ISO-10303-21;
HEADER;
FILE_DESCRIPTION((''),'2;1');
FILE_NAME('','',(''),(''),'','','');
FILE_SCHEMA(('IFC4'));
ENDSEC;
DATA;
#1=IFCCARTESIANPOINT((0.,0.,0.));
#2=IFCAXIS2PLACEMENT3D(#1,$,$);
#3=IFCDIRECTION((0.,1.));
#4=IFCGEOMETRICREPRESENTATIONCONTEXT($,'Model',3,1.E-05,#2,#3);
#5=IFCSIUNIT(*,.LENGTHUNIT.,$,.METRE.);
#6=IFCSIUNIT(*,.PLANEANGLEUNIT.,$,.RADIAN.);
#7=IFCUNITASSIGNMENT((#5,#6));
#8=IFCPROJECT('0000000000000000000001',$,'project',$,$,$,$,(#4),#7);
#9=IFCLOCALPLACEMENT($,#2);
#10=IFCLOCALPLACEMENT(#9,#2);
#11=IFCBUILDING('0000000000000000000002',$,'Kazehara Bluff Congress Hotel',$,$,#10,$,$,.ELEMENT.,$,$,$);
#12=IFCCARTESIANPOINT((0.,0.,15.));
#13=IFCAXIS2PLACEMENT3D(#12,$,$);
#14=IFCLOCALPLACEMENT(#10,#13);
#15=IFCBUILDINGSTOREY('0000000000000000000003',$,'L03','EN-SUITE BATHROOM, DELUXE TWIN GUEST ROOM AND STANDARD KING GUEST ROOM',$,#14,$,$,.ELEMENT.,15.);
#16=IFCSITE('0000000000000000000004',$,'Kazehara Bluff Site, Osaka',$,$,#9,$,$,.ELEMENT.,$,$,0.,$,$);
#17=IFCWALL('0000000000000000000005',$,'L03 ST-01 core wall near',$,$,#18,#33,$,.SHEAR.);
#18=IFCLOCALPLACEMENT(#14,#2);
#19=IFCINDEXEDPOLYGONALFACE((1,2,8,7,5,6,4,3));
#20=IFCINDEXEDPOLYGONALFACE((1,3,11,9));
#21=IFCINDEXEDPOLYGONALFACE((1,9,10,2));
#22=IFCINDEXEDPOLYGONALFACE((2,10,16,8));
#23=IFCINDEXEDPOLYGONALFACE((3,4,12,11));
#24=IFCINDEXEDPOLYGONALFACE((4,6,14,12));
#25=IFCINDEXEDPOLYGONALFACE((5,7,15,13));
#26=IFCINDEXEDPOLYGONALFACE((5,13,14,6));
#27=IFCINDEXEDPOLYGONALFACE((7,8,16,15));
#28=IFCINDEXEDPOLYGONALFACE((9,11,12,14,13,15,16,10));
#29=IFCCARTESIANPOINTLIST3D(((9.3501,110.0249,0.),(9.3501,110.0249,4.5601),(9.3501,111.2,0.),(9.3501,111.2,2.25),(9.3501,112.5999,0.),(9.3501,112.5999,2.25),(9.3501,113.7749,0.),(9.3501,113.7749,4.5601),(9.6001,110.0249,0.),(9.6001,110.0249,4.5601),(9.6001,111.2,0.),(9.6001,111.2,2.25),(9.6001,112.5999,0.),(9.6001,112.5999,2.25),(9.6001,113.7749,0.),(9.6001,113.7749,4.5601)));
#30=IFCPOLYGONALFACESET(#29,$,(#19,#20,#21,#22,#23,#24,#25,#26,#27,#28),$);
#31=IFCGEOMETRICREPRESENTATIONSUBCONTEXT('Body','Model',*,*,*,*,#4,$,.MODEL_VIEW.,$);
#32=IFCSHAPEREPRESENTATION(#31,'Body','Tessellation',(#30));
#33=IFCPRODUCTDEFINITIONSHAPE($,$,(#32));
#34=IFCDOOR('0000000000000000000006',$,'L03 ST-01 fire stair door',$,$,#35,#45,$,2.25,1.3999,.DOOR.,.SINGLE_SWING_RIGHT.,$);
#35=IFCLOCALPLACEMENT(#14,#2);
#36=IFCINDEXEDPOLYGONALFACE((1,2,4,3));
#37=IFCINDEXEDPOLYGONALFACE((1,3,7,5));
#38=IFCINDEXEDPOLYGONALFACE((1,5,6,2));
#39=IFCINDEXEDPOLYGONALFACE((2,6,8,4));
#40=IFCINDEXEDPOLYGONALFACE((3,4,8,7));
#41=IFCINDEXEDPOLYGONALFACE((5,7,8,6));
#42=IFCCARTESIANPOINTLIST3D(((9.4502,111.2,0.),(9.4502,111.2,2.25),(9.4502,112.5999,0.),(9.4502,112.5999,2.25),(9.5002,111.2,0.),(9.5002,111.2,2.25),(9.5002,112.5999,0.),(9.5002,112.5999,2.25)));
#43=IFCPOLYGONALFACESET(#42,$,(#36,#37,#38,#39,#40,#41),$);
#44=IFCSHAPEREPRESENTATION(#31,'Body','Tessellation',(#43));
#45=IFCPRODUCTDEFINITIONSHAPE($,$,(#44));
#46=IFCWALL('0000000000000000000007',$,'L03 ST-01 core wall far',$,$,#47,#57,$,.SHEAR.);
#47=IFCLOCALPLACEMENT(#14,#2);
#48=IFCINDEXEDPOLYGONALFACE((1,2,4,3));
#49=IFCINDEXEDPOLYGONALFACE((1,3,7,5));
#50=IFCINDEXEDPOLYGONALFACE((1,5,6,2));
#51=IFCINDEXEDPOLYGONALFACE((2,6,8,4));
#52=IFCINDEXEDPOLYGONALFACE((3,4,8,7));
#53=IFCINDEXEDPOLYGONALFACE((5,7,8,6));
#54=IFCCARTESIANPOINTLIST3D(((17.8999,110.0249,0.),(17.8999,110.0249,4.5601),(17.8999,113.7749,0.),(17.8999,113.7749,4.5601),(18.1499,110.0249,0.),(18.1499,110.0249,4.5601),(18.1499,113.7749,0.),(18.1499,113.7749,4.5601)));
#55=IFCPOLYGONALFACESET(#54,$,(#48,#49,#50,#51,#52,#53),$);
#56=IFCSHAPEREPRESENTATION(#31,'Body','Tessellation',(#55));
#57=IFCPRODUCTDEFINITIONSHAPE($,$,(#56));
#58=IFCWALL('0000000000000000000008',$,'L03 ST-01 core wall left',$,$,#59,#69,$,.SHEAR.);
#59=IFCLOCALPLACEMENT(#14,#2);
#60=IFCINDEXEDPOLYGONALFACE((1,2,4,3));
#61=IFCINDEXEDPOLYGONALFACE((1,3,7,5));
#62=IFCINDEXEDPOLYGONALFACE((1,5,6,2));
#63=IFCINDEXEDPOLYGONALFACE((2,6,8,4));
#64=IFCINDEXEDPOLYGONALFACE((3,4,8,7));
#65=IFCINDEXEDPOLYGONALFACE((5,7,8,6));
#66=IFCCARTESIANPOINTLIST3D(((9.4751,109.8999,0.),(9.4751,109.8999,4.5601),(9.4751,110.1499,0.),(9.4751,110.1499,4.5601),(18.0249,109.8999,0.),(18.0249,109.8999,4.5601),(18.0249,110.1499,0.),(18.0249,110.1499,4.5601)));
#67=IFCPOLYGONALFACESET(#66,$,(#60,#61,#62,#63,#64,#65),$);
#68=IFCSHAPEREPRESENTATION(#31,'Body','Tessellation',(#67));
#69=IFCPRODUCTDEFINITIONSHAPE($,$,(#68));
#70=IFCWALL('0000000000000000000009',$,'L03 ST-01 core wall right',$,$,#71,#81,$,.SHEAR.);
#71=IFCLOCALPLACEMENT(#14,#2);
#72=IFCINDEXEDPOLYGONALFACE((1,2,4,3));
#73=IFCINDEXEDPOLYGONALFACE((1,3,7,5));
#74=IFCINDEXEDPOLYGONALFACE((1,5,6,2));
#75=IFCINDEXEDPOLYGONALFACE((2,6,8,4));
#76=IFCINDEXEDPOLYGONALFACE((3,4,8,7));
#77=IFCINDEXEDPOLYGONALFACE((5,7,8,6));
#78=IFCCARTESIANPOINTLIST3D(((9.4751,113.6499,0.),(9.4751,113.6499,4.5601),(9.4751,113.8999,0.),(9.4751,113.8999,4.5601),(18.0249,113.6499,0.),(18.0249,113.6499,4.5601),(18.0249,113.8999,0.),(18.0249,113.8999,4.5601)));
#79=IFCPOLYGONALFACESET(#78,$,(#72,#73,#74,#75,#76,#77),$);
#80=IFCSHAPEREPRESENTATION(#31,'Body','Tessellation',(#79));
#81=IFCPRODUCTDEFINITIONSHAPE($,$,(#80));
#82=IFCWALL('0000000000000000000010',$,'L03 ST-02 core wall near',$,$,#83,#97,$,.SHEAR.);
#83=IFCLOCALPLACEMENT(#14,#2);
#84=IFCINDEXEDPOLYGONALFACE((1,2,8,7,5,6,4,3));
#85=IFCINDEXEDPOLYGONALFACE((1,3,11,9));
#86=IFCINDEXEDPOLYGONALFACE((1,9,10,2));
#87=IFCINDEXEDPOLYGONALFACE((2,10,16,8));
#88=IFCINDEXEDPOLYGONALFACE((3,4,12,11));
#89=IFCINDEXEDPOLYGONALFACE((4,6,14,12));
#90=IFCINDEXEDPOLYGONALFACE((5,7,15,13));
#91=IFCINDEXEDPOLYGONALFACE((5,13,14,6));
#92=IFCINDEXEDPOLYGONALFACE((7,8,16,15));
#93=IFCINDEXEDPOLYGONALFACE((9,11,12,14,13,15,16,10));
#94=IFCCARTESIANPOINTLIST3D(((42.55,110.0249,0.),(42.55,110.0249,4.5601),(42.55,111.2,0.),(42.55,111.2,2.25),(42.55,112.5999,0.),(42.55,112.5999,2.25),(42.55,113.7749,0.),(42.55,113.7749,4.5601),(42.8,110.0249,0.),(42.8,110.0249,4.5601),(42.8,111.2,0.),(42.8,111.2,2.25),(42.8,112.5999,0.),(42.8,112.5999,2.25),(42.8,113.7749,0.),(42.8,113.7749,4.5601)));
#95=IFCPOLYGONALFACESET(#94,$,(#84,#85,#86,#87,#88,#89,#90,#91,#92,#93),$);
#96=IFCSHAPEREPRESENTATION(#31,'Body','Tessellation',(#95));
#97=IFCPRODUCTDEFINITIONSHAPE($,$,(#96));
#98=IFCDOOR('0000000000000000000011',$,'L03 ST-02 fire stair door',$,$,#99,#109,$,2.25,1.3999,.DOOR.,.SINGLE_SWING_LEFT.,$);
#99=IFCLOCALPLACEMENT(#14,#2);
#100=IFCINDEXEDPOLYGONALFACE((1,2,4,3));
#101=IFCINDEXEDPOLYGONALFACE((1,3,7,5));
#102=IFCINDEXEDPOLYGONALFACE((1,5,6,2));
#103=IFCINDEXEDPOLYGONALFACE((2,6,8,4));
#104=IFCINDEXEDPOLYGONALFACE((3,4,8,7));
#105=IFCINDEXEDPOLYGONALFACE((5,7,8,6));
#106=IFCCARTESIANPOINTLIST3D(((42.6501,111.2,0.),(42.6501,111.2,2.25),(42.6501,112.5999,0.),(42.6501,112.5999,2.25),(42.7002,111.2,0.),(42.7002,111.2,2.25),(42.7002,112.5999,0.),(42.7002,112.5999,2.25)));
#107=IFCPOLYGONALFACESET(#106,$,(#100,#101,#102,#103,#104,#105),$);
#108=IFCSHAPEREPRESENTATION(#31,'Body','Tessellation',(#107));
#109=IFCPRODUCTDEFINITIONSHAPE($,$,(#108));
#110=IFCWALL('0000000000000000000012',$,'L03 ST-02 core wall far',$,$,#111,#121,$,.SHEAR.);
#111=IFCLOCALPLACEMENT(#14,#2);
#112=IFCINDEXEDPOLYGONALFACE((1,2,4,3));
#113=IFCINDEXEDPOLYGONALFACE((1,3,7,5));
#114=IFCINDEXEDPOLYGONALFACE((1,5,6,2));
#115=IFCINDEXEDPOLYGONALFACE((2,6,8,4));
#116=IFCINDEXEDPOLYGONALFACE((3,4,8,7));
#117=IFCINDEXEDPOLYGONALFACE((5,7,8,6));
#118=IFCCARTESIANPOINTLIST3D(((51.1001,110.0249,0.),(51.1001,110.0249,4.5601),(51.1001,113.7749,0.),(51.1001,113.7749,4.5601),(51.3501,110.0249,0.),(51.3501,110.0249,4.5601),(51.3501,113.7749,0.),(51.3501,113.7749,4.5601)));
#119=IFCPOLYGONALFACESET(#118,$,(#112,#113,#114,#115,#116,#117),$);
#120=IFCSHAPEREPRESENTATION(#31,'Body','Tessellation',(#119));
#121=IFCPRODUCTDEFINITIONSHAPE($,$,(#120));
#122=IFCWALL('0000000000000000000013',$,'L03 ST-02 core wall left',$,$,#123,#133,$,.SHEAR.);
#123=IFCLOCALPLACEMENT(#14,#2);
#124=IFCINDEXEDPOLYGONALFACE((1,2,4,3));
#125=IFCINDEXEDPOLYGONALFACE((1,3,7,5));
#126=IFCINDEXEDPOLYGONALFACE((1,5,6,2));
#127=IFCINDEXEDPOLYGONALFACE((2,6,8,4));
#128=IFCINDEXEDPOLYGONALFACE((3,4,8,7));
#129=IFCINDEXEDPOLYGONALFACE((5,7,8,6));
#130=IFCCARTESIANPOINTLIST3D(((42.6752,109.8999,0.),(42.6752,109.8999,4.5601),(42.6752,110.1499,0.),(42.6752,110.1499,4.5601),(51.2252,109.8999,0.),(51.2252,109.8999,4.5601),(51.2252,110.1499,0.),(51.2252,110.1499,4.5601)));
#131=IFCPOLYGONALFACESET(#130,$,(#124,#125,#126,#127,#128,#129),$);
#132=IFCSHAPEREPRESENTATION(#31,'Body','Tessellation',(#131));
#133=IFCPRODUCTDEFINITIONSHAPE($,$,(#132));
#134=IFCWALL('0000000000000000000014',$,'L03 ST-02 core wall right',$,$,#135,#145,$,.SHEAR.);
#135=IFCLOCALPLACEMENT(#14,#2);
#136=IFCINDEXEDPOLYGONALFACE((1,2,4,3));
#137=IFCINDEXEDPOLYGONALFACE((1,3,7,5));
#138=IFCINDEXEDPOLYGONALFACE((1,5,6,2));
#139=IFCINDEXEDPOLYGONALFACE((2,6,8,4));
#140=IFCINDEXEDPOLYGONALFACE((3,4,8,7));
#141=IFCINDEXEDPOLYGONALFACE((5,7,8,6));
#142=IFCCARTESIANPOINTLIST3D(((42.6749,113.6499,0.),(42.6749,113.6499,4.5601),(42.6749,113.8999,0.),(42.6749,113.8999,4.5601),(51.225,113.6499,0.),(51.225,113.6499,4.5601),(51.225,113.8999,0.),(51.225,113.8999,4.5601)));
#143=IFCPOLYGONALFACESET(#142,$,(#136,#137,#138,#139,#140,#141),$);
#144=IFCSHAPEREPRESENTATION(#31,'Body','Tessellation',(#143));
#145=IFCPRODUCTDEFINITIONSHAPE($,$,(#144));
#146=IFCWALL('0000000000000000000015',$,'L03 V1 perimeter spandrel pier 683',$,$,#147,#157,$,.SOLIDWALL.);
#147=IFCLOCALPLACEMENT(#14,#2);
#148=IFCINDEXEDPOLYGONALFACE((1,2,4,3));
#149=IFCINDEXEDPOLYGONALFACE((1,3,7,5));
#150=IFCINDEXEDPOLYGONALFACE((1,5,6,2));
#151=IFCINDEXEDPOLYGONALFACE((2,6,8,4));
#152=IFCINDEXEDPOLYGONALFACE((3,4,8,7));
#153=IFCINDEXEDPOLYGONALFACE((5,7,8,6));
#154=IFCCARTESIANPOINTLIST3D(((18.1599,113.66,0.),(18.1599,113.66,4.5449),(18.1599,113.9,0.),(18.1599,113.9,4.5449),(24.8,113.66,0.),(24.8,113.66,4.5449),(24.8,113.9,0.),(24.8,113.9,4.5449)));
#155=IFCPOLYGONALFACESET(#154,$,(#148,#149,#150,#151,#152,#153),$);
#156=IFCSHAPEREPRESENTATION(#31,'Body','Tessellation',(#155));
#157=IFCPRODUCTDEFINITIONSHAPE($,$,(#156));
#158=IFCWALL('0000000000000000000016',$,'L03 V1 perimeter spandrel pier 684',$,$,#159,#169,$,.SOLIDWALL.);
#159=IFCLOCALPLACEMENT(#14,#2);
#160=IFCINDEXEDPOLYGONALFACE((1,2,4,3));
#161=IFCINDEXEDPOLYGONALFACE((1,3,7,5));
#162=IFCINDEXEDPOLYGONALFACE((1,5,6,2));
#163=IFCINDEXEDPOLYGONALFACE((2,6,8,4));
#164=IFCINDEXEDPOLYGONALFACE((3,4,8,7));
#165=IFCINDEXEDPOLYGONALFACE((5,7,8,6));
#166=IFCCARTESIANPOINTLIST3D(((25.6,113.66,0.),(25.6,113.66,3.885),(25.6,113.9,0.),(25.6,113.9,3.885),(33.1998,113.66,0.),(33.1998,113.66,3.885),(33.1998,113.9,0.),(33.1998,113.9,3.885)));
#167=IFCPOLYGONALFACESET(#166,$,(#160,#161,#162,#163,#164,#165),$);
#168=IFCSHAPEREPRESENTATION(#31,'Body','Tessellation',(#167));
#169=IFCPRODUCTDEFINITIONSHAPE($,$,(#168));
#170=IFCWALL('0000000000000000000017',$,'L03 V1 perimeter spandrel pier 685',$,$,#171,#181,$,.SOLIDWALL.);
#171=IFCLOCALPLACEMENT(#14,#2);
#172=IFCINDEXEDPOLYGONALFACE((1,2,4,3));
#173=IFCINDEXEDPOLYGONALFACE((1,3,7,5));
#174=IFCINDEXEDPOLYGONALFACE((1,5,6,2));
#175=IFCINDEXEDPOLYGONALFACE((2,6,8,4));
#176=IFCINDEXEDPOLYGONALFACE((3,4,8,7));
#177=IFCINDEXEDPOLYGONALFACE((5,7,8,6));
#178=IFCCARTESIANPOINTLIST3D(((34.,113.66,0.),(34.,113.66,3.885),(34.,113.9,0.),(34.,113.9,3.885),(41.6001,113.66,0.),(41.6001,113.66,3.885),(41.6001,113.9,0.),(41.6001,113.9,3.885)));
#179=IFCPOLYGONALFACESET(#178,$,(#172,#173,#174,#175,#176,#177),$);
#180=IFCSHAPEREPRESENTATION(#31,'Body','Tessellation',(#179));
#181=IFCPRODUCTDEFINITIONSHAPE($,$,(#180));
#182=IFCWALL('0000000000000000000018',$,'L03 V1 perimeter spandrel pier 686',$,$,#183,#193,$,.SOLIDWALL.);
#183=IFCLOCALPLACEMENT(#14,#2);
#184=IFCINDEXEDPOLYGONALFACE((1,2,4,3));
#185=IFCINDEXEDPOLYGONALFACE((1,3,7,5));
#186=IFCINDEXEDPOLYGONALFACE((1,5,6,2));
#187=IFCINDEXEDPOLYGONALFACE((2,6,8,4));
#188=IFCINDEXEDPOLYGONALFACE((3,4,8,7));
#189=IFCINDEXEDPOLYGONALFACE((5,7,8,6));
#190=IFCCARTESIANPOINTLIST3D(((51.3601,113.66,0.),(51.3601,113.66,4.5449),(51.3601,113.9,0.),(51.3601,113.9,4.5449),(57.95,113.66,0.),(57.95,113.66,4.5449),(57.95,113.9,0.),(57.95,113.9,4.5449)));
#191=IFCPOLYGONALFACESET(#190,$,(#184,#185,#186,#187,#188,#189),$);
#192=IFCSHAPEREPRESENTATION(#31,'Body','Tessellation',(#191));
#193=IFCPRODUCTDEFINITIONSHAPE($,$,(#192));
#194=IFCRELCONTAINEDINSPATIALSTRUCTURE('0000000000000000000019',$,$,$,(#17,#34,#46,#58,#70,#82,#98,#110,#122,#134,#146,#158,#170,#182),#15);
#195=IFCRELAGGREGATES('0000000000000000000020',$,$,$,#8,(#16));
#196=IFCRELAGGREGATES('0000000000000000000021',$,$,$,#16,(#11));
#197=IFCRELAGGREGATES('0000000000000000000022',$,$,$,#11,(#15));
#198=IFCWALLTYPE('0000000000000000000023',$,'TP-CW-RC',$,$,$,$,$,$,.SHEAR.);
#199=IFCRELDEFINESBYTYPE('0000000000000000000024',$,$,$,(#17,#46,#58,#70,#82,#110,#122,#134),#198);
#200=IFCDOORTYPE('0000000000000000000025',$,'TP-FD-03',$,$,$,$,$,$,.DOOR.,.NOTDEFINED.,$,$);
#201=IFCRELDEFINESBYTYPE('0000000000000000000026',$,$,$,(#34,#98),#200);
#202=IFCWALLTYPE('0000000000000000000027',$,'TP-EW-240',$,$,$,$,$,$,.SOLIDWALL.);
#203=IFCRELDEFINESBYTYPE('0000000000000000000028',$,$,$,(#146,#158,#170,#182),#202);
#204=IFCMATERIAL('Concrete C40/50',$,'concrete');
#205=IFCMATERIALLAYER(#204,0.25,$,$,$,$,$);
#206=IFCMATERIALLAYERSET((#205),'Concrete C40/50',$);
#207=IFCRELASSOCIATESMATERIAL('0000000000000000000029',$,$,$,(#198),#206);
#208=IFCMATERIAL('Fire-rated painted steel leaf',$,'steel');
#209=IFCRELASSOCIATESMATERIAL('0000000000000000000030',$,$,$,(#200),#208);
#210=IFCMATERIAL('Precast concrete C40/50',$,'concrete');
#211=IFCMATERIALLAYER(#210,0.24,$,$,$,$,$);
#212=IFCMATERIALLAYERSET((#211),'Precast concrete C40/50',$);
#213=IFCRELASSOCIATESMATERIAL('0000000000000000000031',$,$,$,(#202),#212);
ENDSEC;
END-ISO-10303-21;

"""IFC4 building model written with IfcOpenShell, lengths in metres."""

from ifc_helpers import new_model, si_unit, direction, frame, frame_2d, origin, place, context, subcontext, project, spatial, rectangle, extrude, material, layer, layer_set, type_object, element, fill, save


model = new_model("IFC4")

# Units and contexts
model_context = context("Model", 3, precision=1e-05, world=origin(), true_north=direction((0.0, 1.0)))
body_context = subcontext(model_context, "Body", "Model", "MODEL_VIEW")
ifc_project = project(units=[si_unit("LENGTHUNIT", "METRE"), si_unit("PLANEANGLEUNIT", "RADIAN")], contexts=[model_context])

# Site, building, storey
site_placement = place(None, origin())
site = spatial("IfcSite", under=ifc_project, at=site_placement, Name="Kazehara Bluff Site, Osaka", CompositionType="ELEMENT", RefElevation=0.0)
building_placement = place(site_placement, origin())
building = spatial("IfcBuilding", under=site, at=building_placement, Name="Kazehara Bluff Congress Hotel", CompositionType="ELEMENT")
storey_placement = place(building_placement, frame((0.0, 0.0, 15.0)))
storey = spatial("IfcBuildingStorey", under=building, at=storey_placement, Name="L03", Description="EN-SUITE BATHROOM, DELUXE TWIN GUEST ROOM AND STANDARD KING GUEST ROOM", CompositionType="ELEMENT", Elevation=15.0)

# Wall, opening, door
ifc_material_1 = material(Name="Concrete C40/50", Category="concrete")
ifc_layer_1 = layer(ifc_material_1, 0.25)
ifc_layer_set_1 = layer_set([ifc_layer_1], Name="Concrete C40/50")
wall_type_1 = type_object("IfcWallType", Name="TP-CW-RC", PredefinedType="SHEAR", material=ifc_layer_set_1)
wall_1_placement = place(storey_placement, frame((9.4751, 110.0249, 0.0), z_axis=(0.0, 0.0, 1.0), x_axis=(0.0, 1.0, 0.0)))
wall_1 = element("IfcWall", 1, at=wall_1_placement, inside=storey, type_object=wall_type_1, Name="L03 ST-01 core wall near", PredefinedType="SHEAR", context=body_context, shape_type="SweptSolid", body=[
    extrude(rectangle(XDim=3.75, YDim=0.25, at=frame_2d((1.875, 0.0))), origin(), (0.0, 0.0, 1.0), 4.5601),
])
opening_1_placement = place(wall_1_placement, frame((1.175, 0.0, 0.0)))
opening_1 = element("IfcOpeningElement", 2, at=opening_1_placement, cuts=wall_1, PredefinedType="OPENING", context=body_context, shape_type="SweptSolid", body=[
    extrude(rectangle(XDim=1.3999, YDim=2.25, at=frame_2d((0.7, 1.125))), frame((0.0, 0.135, 0.0), z_axis=(0.0, -1.0, 0.0), x_axis=(1.0, 0.0, 0.0)), (0.0, 0.0, 1.0), 0.27),
])
ifc_material_2 = material(Name="Fire-rated painted steel leaf", Category="steel")
door_type = type_object("IfcDoorType", Name="TP-FD-03", OperationType="NOTDEFINED", PredefinedType="DOOR", material=ifc_material_2)
door_1_placement = place(opening_1_placement, origin())
door_1 = element("IfcDoor", 3, at=door_1_placement, inside=storey, type_object=door_type, Name="L03 ST-01 fire stair door", OperationType="SINGLE_SWING_RIGHT", OverallHeight=2.25, OverallWidth=1.3999, PredefinedType="DOOR", context=body_context, shape_type="SweptSolid", body=[
    extrude(rectangle(XDim=1.3999, YDim=2.25, at=frame_2d((0.7, 1.125))), frame((0.0, 0.0249, 0.0), z_axis=(0.0, -1.0, 0.0), x_axis=(1.0, 0.0, 0.0)), (0.0, 0.0, 1.0), 0.05),
])
fill(opening_1, door_1)

# Walls
wall_2_placement = place(storey_placement, frame((18.0249, 113.7749, 0.0), z_axis=(0.0, 0.0, 1.0), x_axis=(0.0, -1.0, 0.0)))
element("IfcWall", 4, at=wall_2_placement, inside=storey, type_object=wall_type_1, Name="L03 ST-01 core wall far", PredefinedType="SHEAR", context=body_context, shape_type="SweptSolid", body=[
    extrude(rectangle(XDim=3.75, YDim=0.25, at=frame_2d((1.875, 0.0))), origin(), (0.0, 0.0, 1.0), 4.5601),
])
for number, where, z_axis, x_axis, name in (
    (5, (18.0249, 110.0249, 0.0), (0.0, 0.0, 1.0), (-1.0, 0.0, 0.0), "L03 ST-01 core wall left"),
    (6, (9.4751, 113.7749, 0.0), (0.0, 0.0, 1.0), (1.0, 0.0, 0.0), "L03 ST-01 core wall right"),
):
    element("IfcWall", number, at=place(storey_placement, frame(where, z_axis=z_axis, x_axis=x_axis)), inside=storey, type_object=wall_type_1, Name=name, PredefinedType="SHEAR", context=body_context, shape_type="SweptSolid", body=[
        extrude(rectangle(XDim=8.5498, YDim=0.25, at=frame_2d((4.2749, 0.0))), origin(), (0.0, 0.0, 1.0), 4.5601),
    ])

# Wall, opening, door
wall_3_placement = place(storey_placement, frame((42.675, 110.0249, 0.0), z_axis=(0.0, 0.0, 1.0), x_axis=(0.0, 1.0, 0.0)))
wall_3 = element("IfcWall", 7, at=wall_3_placement, inside=storey, type_object=wall_type_1, Name="L03 ST-02 core wall near", PredefinedType="SHEAR", context=body_context, shape_type="SweptSolid", body=[
    extrude(rectangle(XDim=3.75, YDim=0.25, at=frame_2d((1.875, 0.0))), origin(), (0.0, 0.0, 1.0), 4.5601),
])
opening_2_placement = place(wall_3_placement, frame((1.175, 0.0, 0.0)))
opening_2 = element("IfcOpeningElement", 8, at=opening_2_placement, cuts=wall_3, PredefinedType="OPENING", context=body_context, shape_type="SweptSolid", body=[
    extrude(rectangle(XDim=1.3999, YDim=2.25, at=frame_2d((0.7, 1.125))), frame((0.0, 0.135, 0.0), z_axis=(0.0, -1.0, 0.0), x_axis=(1.0, 0.0, 0.0)), (0.0, 0.0, 1.0), 0.27),
])
door_2_placement = place(opening_2_placement, origin())
door_2 = element("IfcDoor", 9, at=door_2_placement, inside=storey, type_object=door_type, Name="L03 ST-02 fire stair door", OperationType="SINGLE_SWING_LEFT", OverallHeight=2.25, OverallWidth=1.3999, PredefinedType="DOOR", context=body_context, shape_type="SweptSolid", body=[
    extrude(rectangle(XDim=1.3999, YDim=2.25, at=frame_2d((0.7, 1.125))), frame((0.0, 0.0249, 0.0), z_axis=(0.0, -1.0, 0.0), x_axis=(1.0, 0.0, 0.0)), (0.0, 0.0, 1.0), 0.05),
])
fill(opening_2, door_2)

# Walls
wall_4_placement = place(storey_placement, frame((51.2251, 113.7749, 0.0), z_axis=(0.0, 0.0, 1.0), x_axis=(0.0, -1.0, 0.0)))
element("IfcWall", 10, at=wall_4_placement, inside=storey, type_object=wall_type_1, Name="L03 ST-02 core wall far", PredefinedType="SHEAR", context=body_context, shape_type="SweptSolid", body=[
    extrude(rectangle(XDim=3.75, YDim=0.25, at=frame_2d((1.875, 0.0))), origin(), (0.0, 0.0, 1.0), 4.5601),
])
for number, where, z_axis, x_axis, name in (
    (11, (51.2251, 110.0249, 0.0), (0.0, 0.0, 1.0), (-1.0, 0.0, 0.0), "L03 ST-02 core wall left"),
    (12, (42.675, 113.7749, 0.0), (0.0, 0.0, 1.0), (1.0, 0.0, 0.0), "L03 ST-02 core wall right"),
):
    element("IfcWall", number, at=place(storey_placement, frame(where, z_axis=z_axis, x_axis=x_axis)), inside=storey, type_object=wall_type_1, Name=name, PredefinedType="SHEAR", context=body_context, shape_type="SweptSolid", body=[
        extrude(rectangle(XDim=8.55, YDim=0.25, at=frame_2d((4.2749, 0.0))), origin(), (0.0, 0.0, 1.0), 4.5601),
    ])
ifc_material_3 = material(Name="Precast concrete C40/50", Category="concrete")
ifc_layer_2 = layer(ifc_material_3, 0.24)
ifc_layer_set_2 = layer_set([ifc_layer_2], Name="Precast concrete C40/50")
wall_type_2 = type_object("IfcWallType", Name="TP-EW-240", PredefinedType="SOLIDWALL", material=ifc_layer_set_2)
wall_5_placement = place(storey_placement, frame((18.1599, 113.78, 0.0), z_axis=(0.0, 0.0, 1.0), x_axis=(1.0, 0.0, 0.0)))
element("IfcWall", 13, at=wall_5_placement, inside=storey, type_object=wall_type_2, Name="L03 V1 perimeter spandrel pier 683", PredefinedType="SOLIDWALL", context=body_context, shape_type="SweptSolid", body=[
    extrude(rectangle(XDim=6.6401, YDim=0.24, at=frame_2d((3.3201, 0.0))), origin(), (0.0, 0.0, 1.0), 4.5449),
])
wall_6_placement = place(storey_placement, frame((25.6001, 113.78, 0.0), z_axis=(0.0, 0.0, 1.0), x_axis=(1.0, 0.0, 0.0)))
element("IfcWall", 14, at=wall_6_placement, inside=storey, type_object=wall_type_2, Name="L03 V1 perimeter spandrel pier 684", PredefinedType="SOLIDWALL", context=body_context, shape_type="SweptSolid", body=[
    extrude(rectangle(XDim=7.5999, YDim=0.24, at=frame_2d((3.7998, 0.0))), origin(), (0.0, 0.0, 1.0), 3.885),
])
wall_7_placement = place(storey_placement, frame((34.0, 113.78, 0.0), z_axis=(0.0, 0.0, 1.0), x_axis=(1.0, 0.0, 0.0)))
element("IfcWall", 15, at=wall_7_placement, inside=storey, type_object=wall_type_2, Name="L03 V1 perimeter spandrel pier 685", PredefinedType="SOLIDWALL", context=body_context, shape_type="SweptSolid", body=[
    extrude(rectangle(XDim=7.6001, YDim=0.24, at=frame_2d((3.8, 0.0))), origin(), (0.0, 0.0, 1.0), 3.885),
])
wall_8_placement = place(storey_placement, frame((51.3601, 113.78, 0.0), z_axis=(0.0, 0.0, 1.0), x_axis=(1.0, 0.0, 0.0)))
element("IfcWall", 16, at=wall_8_placement, inside=storey, type_object=wall_type_2, Name="L03 V1 perimeter spandrel pier 686", PredefinedType="SOLIDWALL", context=body_context, shape_type="SweptSolid", body=[
    extrude(rectangle(XDim=6.5898, YDim=0.24, at=frame_2d((3.2949, 0.0))), origin(), (0.0, 0.0, 1.0), 4.5449),
])

save(model, "model.ifc")
